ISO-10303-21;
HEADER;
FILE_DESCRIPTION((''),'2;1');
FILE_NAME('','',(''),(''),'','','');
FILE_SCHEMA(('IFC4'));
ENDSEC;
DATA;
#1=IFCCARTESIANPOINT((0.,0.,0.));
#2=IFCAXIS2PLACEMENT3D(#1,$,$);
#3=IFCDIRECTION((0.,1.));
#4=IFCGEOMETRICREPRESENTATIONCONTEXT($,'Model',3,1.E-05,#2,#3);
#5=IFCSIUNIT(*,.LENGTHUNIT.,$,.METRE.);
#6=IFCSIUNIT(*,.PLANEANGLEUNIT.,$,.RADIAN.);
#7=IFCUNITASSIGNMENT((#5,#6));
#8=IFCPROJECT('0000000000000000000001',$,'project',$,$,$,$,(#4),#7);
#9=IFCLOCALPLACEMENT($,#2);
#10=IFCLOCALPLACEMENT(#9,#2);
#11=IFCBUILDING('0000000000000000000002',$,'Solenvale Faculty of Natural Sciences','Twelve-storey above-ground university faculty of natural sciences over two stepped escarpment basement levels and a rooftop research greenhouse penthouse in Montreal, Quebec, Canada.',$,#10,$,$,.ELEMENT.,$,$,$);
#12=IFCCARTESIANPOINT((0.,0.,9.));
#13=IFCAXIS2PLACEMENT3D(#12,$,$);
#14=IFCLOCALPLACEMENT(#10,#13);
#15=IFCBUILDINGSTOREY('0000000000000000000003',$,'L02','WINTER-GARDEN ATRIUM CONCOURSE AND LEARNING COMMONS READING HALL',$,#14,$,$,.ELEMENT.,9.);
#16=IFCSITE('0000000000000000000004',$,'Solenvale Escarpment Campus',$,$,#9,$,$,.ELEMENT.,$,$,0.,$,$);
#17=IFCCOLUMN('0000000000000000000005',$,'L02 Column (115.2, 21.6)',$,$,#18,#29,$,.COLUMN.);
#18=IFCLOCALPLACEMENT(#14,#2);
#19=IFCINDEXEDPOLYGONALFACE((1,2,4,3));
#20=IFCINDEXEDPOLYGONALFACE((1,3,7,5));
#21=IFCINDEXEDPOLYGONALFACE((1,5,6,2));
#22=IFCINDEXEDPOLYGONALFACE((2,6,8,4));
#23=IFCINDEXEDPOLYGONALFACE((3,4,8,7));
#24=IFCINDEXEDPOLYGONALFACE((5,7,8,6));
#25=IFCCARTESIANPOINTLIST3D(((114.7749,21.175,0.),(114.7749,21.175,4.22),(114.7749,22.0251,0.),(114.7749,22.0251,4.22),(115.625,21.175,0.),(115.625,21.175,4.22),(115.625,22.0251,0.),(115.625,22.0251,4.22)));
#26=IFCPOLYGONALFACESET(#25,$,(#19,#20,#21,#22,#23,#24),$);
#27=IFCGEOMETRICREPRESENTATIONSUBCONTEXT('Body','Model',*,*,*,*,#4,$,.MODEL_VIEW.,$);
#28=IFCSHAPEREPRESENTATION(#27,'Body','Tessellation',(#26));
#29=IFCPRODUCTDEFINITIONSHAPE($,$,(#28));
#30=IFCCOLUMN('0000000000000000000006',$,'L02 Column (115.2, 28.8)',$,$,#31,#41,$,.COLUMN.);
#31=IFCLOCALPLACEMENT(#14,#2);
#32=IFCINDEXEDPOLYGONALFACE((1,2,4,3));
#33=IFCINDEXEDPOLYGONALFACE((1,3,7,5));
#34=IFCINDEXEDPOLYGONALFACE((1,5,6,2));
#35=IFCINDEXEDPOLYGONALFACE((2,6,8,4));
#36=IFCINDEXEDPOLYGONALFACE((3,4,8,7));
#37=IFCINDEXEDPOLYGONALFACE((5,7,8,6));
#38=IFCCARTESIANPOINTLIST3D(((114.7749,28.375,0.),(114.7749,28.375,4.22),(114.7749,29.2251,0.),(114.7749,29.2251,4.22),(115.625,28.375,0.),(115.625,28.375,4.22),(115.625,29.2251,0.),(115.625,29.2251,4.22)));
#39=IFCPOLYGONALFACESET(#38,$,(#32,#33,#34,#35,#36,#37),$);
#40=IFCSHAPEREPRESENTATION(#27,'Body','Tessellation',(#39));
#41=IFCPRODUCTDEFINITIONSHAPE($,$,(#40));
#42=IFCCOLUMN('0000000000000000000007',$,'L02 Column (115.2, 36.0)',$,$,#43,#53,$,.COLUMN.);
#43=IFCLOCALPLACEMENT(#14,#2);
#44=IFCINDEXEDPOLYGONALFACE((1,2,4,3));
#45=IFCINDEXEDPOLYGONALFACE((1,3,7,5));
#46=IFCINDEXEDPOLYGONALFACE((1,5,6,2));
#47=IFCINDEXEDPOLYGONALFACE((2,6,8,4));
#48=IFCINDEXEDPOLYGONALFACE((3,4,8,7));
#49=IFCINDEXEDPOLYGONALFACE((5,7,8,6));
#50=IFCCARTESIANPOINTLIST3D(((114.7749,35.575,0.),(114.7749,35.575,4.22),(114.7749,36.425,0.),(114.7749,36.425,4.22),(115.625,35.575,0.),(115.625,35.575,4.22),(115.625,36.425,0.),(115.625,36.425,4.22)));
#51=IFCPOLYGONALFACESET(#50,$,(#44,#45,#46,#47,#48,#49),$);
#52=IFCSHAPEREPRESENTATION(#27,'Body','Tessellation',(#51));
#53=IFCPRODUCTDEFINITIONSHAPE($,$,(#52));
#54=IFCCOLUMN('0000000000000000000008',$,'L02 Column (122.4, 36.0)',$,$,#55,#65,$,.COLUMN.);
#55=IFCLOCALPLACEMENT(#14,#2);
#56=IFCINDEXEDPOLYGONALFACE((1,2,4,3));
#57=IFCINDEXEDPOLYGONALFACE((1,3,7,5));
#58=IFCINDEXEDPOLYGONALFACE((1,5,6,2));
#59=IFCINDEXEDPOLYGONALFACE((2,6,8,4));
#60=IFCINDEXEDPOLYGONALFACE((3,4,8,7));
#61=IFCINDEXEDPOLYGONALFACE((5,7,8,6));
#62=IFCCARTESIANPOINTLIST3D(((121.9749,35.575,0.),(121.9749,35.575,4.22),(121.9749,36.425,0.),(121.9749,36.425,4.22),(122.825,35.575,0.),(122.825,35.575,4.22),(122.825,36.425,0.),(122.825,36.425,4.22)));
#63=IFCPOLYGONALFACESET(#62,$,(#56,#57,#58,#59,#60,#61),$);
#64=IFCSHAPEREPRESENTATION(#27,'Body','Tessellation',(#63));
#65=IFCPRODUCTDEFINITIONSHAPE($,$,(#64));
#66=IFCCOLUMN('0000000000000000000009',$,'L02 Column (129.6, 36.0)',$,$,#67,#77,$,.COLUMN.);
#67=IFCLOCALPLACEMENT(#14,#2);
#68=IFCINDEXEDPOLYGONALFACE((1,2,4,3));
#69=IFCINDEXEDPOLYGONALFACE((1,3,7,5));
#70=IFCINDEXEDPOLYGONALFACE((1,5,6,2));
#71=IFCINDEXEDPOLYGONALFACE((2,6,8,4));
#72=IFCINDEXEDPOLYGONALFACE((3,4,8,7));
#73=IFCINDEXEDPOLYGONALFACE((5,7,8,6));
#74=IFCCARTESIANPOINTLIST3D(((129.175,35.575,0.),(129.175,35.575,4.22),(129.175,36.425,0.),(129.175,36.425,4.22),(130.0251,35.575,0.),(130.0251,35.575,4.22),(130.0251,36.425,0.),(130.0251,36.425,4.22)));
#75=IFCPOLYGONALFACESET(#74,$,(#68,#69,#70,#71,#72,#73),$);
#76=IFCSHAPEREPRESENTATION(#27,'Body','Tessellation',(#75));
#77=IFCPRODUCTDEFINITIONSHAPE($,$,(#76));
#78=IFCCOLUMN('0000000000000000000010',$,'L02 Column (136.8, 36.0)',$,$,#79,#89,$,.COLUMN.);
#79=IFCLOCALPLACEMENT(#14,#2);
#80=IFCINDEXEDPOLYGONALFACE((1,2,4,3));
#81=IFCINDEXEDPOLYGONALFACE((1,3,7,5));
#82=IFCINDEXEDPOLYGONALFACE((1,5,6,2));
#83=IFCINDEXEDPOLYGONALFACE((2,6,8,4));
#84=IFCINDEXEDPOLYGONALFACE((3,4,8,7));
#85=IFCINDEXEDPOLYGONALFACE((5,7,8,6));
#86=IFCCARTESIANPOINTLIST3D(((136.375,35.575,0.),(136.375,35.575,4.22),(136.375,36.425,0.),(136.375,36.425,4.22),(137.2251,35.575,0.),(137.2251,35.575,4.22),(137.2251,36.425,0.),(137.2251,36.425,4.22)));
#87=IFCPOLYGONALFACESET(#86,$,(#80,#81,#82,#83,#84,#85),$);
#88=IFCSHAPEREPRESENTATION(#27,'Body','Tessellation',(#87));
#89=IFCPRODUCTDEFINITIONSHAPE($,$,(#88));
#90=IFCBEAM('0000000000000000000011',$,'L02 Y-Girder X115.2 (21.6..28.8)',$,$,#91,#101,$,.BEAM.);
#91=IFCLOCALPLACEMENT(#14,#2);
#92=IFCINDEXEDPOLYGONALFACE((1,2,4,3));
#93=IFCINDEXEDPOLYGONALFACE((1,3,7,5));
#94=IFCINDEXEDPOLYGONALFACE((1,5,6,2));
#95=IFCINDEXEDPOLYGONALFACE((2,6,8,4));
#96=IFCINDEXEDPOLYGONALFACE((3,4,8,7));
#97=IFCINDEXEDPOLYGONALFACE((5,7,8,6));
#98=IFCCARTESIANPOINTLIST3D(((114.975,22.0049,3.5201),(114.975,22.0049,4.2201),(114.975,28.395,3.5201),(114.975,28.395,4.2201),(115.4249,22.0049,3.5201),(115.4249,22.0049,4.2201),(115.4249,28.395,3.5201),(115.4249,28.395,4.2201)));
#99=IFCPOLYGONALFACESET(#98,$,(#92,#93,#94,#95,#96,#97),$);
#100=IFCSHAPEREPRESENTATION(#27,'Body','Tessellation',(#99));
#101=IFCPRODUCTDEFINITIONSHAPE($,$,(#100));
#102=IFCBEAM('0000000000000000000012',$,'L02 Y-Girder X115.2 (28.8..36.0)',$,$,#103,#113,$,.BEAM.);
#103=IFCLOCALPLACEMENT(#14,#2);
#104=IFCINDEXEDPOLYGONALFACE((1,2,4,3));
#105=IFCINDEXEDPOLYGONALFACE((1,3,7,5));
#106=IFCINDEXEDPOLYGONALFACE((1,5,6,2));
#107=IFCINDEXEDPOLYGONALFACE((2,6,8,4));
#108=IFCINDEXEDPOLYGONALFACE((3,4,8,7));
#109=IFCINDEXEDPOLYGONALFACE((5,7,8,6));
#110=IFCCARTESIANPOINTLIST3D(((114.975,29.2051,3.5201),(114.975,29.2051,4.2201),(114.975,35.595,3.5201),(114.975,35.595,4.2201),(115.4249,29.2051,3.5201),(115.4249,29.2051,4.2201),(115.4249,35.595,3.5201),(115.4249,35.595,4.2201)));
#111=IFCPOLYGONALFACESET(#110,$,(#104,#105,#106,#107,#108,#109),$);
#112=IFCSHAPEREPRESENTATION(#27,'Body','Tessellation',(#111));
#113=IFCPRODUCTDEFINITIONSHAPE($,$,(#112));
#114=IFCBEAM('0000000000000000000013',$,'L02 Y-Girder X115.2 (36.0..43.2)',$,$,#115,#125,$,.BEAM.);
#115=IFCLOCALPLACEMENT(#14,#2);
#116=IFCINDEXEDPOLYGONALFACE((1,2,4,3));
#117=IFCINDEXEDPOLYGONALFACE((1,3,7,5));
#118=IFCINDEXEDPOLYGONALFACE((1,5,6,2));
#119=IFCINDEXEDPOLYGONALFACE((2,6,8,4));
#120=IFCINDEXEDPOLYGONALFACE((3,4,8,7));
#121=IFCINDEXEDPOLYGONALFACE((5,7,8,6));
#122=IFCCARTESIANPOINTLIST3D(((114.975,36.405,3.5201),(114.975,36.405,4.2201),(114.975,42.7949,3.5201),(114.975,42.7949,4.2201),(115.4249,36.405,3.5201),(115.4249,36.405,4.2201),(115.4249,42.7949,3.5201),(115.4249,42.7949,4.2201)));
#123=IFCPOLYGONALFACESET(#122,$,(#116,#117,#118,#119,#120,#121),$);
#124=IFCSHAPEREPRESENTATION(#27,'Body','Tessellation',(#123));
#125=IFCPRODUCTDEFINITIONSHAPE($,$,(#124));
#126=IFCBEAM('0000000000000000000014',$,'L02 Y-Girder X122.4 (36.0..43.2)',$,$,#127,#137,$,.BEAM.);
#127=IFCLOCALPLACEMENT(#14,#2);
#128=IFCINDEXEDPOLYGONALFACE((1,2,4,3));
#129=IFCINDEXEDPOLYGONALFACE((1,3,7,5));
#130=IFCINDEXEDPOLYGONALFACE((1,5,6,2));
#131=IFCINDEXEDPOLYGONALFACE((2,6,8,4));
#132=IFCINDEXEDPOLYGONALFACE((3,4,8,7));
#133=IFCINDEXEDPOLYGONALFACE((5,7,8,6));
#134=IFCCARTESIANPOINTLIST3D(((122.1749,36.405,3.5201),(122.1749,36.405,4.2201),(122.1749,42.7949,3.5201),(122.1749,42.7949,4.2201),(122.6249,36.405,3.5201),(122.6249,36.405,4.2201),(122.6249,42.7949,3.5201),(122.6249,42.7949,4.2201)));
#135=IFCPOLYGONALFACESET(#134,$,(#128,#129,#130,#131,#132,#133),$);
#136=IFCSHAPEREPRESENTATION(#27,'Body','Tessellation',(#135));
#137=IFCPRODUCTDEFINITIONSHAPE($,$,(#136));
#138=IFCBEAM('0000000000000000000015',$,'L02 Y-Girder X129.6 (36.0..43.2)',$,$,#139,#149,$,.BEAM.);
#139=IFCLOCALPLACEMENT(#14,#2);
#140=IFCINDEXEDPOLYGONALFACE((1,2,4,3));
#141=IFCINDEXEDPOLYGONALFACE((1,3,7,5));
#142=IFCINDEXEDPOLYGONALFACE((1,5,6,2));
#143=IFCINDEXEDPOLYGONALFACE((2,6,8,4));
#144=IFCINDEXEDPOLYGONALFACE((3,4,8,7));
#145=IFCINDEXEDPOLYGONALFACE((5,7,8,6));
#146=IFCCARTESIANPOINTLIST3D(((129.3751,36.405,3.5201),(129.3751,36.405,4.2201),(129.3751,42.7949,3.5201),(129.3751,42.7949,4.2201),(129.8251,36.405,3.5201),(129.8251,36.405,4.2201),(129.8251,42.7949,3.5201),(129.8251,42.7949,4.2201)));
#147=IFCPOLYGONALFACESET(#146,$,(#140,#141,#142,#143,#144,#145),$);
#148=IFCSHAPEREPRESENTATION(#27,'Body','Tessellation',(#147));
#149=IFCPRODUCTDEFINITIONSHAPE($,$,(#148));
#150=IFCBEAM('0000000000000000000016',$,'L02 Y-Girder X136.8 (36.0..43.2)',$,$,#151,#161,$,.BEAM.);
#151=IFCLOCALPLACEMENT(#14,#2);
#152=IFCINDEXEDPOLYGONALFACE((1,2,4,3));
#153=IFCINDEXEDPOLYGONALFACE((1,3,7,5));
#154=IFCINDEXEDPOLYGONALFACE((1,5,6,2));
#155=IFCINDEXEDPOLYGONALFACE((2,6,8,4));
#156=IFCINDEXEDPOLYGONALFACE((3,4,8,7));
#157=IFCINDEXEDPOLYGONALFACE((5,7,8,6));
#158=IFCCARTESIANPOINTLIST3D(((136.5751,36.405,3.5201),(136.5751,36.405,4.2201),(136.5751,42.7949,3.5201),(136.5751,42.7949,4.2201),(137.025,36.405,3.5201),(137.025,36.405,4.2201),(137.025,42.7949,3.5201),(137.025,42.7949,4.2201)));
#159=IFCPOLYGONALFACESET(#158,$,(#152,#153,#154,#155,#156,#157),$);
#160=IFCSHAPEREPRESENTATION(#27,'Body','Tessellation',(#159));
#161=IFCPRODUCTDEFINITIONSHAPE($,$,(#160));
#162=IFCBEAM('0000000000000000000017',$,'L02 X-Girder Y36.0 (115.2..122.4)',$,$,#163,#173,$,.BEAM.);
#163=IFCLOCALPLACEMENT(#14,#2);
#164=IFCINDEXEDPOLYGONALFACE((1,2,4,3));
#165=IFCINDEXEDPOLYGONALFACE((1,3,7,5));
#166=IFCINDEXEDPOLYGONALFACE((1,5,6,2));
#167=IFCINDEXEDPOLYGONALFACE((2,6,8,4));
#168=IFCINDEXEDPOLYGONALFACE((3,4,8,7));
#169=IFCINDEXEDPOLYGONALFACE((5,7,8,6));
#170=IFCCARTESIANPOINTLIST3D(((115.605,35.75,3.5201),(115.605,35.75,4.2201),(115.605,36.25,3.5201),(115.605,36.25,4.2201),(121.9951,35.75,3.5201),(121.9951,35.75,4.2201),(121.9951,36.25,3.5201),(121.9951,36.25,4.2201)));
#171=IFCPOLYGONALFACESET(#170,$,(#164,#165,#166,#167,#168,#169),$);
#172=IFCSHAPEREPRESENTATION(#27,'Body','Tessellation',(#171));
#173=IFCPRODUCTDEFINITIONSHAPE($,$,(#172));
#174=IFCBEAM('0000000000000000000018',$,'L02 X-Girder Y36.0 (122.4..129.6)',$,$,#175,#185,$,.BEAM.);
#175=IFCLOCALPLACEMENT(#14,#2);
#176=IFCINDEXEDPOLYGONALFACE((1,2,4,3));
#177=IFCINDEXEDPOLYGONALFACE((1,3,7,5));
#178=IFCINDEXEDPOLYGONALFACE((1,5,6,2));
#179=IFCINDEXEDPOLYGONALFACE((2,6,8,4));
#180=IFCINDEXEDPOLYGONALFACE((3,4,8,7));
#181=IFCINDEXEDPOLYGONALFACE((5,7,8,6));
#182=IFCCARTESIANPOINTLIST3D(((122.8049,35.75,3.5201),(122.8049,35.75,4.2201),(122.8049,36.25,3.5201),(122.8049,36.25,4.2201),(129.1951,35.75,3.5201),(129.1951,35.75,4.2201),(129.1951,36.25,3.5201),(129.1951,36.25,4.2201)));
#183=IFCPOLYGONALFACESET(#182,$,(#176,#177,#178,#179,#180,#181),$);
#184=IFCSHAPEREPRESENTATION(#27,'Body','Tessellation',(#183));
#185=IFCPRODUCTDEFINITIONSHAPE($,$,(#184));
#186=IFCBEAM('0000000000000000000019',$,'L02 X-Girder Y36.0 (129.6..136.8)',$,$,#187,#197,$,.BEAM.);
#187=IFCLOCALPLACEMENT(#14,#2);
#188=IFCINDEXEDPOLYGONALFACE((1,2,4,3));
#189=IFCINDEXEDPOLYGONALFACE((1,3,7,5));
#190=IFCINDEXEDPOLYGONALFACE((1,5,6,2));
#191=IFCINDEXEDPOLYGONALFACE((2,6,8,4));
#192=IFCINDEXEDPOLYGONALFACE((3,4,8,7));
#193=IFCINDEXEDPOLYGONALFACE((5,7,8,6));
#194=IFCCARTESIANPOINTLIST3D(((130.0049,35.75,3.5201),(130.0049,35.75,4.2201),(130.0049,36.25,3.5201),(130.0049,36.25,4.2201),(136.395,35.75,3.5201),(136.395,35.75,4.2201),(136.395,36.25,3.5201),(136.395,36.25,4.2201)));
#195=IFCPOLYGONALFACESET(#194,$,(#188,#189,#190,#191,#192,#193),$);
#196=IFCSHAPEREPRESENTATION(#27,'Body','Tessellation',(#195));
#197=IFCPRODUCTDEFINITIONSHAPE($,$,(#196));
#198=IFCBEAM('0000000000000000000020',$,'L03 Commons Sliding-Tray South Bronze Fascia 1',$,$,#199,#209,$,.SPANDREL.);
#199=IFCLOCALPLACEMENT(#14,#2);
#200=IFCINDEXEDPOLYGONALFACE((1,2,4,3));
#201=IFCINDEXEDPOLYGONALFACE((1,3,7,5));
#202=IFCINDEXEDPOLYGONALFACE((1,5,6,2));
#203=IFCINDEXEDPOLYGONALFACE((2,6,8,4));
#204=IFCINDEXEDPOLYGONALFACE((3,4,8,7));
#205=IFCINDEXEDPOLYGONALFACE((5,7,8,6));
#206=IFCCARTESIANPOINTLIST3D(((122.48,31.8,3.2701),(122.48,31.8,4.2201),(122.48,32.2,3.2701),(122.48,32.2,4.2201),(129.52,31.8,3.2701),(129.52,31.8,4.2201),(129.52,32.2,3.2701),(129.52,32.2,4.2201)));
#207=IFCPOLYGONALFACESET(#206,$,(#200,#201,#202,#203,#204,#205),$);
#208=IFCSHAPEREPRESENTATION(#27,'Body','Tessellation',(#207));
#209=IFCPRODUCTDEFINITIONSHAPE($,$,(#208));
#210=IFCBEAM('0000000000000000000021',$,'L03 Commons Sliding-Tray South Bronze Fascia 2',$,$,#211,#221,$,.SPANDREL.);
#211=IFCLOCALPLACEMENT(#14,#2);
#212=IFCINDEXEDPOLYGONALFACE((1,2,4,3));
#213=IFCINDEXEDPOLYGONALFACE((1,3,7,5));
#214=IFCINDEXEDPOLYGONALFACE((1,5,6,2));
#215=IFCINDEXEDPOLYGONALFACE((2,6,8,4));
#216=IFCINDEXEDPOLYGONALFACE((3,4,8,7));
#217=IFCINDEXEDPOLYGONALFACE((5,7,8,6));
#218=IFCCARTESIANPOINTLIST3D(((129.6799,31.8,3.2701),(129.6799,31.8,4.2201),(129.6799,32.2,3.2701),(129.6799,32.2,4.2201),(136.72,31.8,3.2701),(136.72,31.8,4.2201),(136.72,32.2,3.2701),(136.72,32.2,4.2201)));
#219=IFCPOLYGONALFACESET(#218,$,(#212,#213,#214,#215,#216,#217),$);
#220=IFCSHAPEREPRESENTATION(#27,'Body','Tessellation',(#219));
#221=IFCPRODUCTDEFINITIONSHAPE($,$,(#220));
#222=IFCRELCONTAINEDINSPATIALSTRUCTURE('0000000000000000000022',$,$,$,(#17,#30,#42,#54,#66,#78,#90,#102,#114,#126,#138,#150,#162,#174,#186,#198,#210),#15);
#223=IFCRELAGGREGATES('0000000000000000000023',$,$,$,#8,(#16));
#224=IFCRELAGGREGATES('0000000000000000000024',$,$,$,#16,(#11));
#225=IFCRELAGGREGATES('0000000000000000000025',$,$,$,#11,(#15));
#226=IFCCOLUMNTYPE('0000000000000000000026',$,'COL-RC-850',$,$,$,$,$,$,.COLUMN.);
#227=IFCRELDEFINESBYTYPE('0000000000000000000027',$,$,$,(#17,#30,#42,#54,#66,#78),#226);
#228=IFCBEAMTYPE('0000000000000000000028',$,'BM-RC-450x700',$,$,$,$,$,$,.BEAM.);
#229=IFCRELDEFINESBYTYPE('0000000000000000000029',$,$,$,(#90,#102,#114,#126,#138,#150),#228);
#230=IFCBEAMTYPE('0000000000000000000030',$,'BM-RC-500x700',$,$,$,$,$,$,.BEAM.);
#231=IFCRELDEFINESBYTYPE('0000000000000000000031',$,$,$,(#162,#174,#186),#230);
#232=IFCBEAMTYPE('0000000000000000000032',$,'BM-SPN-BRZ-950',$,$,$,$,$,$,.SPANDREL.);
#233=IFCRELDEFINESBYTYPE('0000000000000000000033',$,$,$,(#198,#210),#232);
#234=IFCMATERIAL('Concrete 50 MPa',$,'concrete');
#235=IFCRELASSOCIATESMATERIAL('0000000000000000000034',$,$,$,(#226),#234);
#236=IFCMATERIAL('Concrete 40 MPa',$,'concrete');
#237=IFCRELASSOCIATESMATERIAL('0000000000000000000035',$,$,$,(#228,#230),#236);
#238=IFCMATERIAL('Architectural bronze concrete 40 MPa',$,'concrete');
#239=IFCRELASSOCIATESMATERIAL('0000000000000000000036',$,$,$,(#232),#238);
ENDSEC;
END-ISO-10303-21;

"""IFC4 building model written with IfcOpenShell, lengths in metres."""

from ifc_helpers import new_model, si_unit, direction, frame, origin, origin_2d, place, context, subcontext, project, spatial, rectangle, extrude, material, material_profile, profile_set, type_object, element, save


model = new_model("IFC4")

# Units and contexts
model_context = context("Model", 3, precision=1e-05, world=origin(), true_north=direction((0.0, 1.0)))
body_context = subcontext(model_context, "Body", "Model", "MODEL_VIEW")
ifc_project = project(units=[si_unit("LENGTHUNIT", "METRE"), si_unit("PLANEANGLEUNIT", "RADIAN")], contexts=[model_context])

# Site, building, storey
site_placement = place(None, origin())
site = spatial("IfcSite", under=ifc_project, at=site_placement, Name="Solenvale Escarpment Campus", CompositionType="ELEMENT", RefElevation=0.0)
building_placement = place(site_placement, origin())
building = spatial("IfcBuilding", under=site, at=building_placement, Name="Solenvale Faculty of Natural Sciences", Description="Twelve-storey above-ground university faculty of natural sciences over two stepped escarpment basement levels and a rooftop research greenhouse penthouse in Montreal, Quebec, Canada.", CompositionType="ELEMENT")
storey_placement = place(building_placement, frame((0.0, 0.0, 9.0)))
storey = spatial("IfcBuildingStorey", under=building, at=storey_placement, Name="L02", Description="WINTER-GARDEN ATRIUM CONCOURSE AND LEARNING COMMONS READING HALL", CompositionType="ELEMENT", Elevation=9.0)

# Columns
ifc_material_1 = material(Name="Concrete 50 MPa", Category="concrete")
ifc_material_profile_1 = material_profile(ifc_material_1, rectangle(XDim=0.8501, YDim=0.8501, at=origin_2d()), Name="RC-COL-850x850")
ifc_profile_set_1 = profile_set([ifc_material_profile_1], Name="Concrete 50 MPa")
column_type = type_object("IfcColumnType", Name="COL-RC-850", PredefinedType="COLUMN", material=ifc_profile_set_1)
for number, where, z_axis, x_axis, name in (
    (1, (115.2, 21.6001, 0.0), (0.0, 0.0, 1.0), (1.0, 0.0, 0.0), "L02 Column (115.2, 21.6)"),
    (2, (115.2, 28.8, 0.0), (0.0, 0.0, 1.0), (1.0, 0.0, 0.0), "L02 Column (115.2, 28.8)"),
    (3, (115.2, 36.0, 0.0), (0.0, 0.0, 1.0), (1.0, 0.0, 0.0), "L02 Column (115.2, 36.0)"),
    (4, (122.3999, 36.0, 0.0), (0.0, 0.0, 1.0), (1.0, 0.0, 0.0), "L02 Column (122.4, 36.0)"),
    (5, (129.6001, 36.0, 0.0), (0.0, 0.0, 1.0), (1.0, 0.0, 0.0), "L02 Column (129.6, 36.0)"),
    (6, (136.8, 36.0, 0.0), (0.0, 0.0, 1.0), (1.0, 0.0, 0.0), "L02 Column (136.8, 36.0)"),
):
    element("IfcColumn", number, at=place(storey_placement, frame(where, z_axis=z_axis, x_axis=x_axis)), inside=storey, type_object=column_type, Name=name, PredefinedType="COLUMN", context=body_context, shape_type="SweptSolid", body=[
        extrude(rectangle(XDim=0.8501, YDim=0.8501, at=origin_2d()), origin(), (0.0, 0.0, 1.0), 4.22),
    ])

# Beams
ifc_material_2 = material(Name="Concrete 40 MPa", Category="concrete")
ifc_material_profile_2 = material_profile(ifc_material_2, rectangle(XDim=0.45, YDim=0.7, at=origin_2d()), Name="RC-BM-450x700")
ifc_profile_set_2 = profile_set([ifc_material_profile_2], Name="Concrete 40 MPa")
beam_type_1 = type_object("IfcBeamType", Name="BM-RC-450x700", PredefinedType="BEAM", material=ifc_profile_set_2)
beam_1_placement = place(storey_placement, frame((115.2, 22.0049, 3.8701), z_axis=(0.0, 1.0, 0.0), x_axis=(-1.0, 0.0, 0.0)))
element("IfcBeam", 7, at=beam_1_placement, inside=storey, type_object=beam_type_1, Name="L02 Y-Girder X115.2 (21.6..28.8)", PredefinedType="BEAM", context=body_context, shape_type="SweptSolid", body=[
    extrude(rectangle(XDim=0.45, YDim=0.7, at=origin_2d()), origin(), (0.0, 0.0, 1.0), 6.3901),
])
for number, where, z_axis, x_axis, name in (
    (8, (115.2, 29.2051, 3.8701), (0.0, 1.0, 0.0), (-1.0, 0.0, 0.0), "L02 Y-Girder X115.2 (28.8..36.0)"),
    (9, (115.2, 36.405, 3.8701), (0.0, 1.0, 0.0), (-1.0, 0.0, 0.0), "L02 Y-Girder X115.2 (36.0..43.2)"),
    (10, (122.3999, 36.405, 3.8701), (0.0, 1.0, 0.0), (-1.0, 0.0, 0.0), "L02 Y-Girder X122.4 (36.0..43.2)"),
    (11, (129.6001, 36.405, 3.8701), (0.0, 1.0, 0.0), (-1.0, 0.0, 0.0), "L02 Y-Girder X129.6 (36.0..43.2)"),
    (12, (136.8, 36.405, 3.8701), (0.0, 1.0, 0.0), (-1.0, 0.0, 0.0), "L02 Y-Girder X136.8 (36.0..43.2)"),
):
    element("IfcBeam", number, at=place(storey_placement, frame(where, z_axis=z_axis, x_axis=x_axis)), inside=storey, type_object=beam_type_1, Name=name, PredefinedType="BEAM", context=body_context, shape_type="SweptSolid", body=[
        extrude(rectangle(XDim=0.45, YDim=0.7, at=origin_2d()), origin(), (0.0, 0.0, 1.0), 6.3899),
    ])
ifc_material_profile_3 = material_profile(ifc_material_2, rectangle(XDim=0.5, YDim=0.7, at=origin_2d()), Name="RC-BM-500x700")
ifc_profile_set_3 = profile_set([ifc_material_profile_3], Name="Concrete 40 MPa")
beam_type_2 = type_object("IfcBeamType", Name="BM-RC-500x700", PredefinedType="BEAM", material=ifc_profile_set_3)
for number, where, z_axis, x_axis, name in (
    (13, (115.605, 36.0, 3.8701), (1.0, 0.0, 0.0), (0.0, 1.0, 0.0), "L02 X-Girder Y36.0 (115.2..122.4)"),
    (14, (122.8049, 36.0, 3.8701), (1.0, 0.0, 0.0), (0.0, 1.0, 0.0), "L02 X-Girder Y36.0 (122.4..129.6)"),
    (15, (130.0049, 36.0, 3.8701), (1.0, 0.0, 0.0), (0.0, 1.0, 0.0), "L02 X-Girder Y36.0 (129.6..136.8)"),
):
    element("IfcBeam", number, at=place(storey_placement, frame(where, z_axis=z_axis, x_axis=x_axis)), inside=storey, type_object=beam_type_2, Name=name, PredefinedType="BEAM", context=body_context, shape_type="SweptSolid", body=[
        extrude(rectangle(XDim=0.5, YDim=0.7, at=origin_2d()), origin(), (0.0, 0.0, 1.0), 6.3901),
    ])
ifc_material_3 = material(Name="Architectural bronze concrete 40 MPa", Category="concrete")
ifc_material_profile_4 = material_profile(ifc_material_3, rectangle(XDim=0.3999, YDim=0.95, at=origin_2d()), Name="RC-SPN-400x950")
ifc_profile_set_4 = profile_set([ifc_material_profile_4], Name="Architectural bronze concrete 40 MPa")
beam_type_3 = type_object("IfcBeamType", Name="BM-SPN-BRZ-950", PredefinedType="SPANDREL", material=ifc_profile_set_4)
for number, where, z_axis, x_axis, name in (
    (16, (122.48, 32.0, 3.7451), (1.0, 0.0, 0.0), (0.0, 1.0, 0.0), "L03 Commons Sliding-Tray South Bronze Fascia 1"),
    (17, (129.6799, 32.0, 3.7451), (1.0, 0.0, 0.0), (0.0, 1.0, 0.0), "L03 Commons Sliding-Tray South Bronze Fascia 2"),
):
    element("IfcBeam", number, at=place(storey_placement, frame(where, z_axis=z_axis, x_axis=x_axis)), inside=storey, type_object=beam_type_3, Name=name, PredefinedType="SPANDREL", context=body_context, shape_type="SweptSolid", body=[
        extrude(rectangle(XDim=0.3999, YDim=0.95, at=origin_2d()), origin(), (0.0, 0.0, 1.0), 7.04),
    ])

save(model, "model.ifc")
